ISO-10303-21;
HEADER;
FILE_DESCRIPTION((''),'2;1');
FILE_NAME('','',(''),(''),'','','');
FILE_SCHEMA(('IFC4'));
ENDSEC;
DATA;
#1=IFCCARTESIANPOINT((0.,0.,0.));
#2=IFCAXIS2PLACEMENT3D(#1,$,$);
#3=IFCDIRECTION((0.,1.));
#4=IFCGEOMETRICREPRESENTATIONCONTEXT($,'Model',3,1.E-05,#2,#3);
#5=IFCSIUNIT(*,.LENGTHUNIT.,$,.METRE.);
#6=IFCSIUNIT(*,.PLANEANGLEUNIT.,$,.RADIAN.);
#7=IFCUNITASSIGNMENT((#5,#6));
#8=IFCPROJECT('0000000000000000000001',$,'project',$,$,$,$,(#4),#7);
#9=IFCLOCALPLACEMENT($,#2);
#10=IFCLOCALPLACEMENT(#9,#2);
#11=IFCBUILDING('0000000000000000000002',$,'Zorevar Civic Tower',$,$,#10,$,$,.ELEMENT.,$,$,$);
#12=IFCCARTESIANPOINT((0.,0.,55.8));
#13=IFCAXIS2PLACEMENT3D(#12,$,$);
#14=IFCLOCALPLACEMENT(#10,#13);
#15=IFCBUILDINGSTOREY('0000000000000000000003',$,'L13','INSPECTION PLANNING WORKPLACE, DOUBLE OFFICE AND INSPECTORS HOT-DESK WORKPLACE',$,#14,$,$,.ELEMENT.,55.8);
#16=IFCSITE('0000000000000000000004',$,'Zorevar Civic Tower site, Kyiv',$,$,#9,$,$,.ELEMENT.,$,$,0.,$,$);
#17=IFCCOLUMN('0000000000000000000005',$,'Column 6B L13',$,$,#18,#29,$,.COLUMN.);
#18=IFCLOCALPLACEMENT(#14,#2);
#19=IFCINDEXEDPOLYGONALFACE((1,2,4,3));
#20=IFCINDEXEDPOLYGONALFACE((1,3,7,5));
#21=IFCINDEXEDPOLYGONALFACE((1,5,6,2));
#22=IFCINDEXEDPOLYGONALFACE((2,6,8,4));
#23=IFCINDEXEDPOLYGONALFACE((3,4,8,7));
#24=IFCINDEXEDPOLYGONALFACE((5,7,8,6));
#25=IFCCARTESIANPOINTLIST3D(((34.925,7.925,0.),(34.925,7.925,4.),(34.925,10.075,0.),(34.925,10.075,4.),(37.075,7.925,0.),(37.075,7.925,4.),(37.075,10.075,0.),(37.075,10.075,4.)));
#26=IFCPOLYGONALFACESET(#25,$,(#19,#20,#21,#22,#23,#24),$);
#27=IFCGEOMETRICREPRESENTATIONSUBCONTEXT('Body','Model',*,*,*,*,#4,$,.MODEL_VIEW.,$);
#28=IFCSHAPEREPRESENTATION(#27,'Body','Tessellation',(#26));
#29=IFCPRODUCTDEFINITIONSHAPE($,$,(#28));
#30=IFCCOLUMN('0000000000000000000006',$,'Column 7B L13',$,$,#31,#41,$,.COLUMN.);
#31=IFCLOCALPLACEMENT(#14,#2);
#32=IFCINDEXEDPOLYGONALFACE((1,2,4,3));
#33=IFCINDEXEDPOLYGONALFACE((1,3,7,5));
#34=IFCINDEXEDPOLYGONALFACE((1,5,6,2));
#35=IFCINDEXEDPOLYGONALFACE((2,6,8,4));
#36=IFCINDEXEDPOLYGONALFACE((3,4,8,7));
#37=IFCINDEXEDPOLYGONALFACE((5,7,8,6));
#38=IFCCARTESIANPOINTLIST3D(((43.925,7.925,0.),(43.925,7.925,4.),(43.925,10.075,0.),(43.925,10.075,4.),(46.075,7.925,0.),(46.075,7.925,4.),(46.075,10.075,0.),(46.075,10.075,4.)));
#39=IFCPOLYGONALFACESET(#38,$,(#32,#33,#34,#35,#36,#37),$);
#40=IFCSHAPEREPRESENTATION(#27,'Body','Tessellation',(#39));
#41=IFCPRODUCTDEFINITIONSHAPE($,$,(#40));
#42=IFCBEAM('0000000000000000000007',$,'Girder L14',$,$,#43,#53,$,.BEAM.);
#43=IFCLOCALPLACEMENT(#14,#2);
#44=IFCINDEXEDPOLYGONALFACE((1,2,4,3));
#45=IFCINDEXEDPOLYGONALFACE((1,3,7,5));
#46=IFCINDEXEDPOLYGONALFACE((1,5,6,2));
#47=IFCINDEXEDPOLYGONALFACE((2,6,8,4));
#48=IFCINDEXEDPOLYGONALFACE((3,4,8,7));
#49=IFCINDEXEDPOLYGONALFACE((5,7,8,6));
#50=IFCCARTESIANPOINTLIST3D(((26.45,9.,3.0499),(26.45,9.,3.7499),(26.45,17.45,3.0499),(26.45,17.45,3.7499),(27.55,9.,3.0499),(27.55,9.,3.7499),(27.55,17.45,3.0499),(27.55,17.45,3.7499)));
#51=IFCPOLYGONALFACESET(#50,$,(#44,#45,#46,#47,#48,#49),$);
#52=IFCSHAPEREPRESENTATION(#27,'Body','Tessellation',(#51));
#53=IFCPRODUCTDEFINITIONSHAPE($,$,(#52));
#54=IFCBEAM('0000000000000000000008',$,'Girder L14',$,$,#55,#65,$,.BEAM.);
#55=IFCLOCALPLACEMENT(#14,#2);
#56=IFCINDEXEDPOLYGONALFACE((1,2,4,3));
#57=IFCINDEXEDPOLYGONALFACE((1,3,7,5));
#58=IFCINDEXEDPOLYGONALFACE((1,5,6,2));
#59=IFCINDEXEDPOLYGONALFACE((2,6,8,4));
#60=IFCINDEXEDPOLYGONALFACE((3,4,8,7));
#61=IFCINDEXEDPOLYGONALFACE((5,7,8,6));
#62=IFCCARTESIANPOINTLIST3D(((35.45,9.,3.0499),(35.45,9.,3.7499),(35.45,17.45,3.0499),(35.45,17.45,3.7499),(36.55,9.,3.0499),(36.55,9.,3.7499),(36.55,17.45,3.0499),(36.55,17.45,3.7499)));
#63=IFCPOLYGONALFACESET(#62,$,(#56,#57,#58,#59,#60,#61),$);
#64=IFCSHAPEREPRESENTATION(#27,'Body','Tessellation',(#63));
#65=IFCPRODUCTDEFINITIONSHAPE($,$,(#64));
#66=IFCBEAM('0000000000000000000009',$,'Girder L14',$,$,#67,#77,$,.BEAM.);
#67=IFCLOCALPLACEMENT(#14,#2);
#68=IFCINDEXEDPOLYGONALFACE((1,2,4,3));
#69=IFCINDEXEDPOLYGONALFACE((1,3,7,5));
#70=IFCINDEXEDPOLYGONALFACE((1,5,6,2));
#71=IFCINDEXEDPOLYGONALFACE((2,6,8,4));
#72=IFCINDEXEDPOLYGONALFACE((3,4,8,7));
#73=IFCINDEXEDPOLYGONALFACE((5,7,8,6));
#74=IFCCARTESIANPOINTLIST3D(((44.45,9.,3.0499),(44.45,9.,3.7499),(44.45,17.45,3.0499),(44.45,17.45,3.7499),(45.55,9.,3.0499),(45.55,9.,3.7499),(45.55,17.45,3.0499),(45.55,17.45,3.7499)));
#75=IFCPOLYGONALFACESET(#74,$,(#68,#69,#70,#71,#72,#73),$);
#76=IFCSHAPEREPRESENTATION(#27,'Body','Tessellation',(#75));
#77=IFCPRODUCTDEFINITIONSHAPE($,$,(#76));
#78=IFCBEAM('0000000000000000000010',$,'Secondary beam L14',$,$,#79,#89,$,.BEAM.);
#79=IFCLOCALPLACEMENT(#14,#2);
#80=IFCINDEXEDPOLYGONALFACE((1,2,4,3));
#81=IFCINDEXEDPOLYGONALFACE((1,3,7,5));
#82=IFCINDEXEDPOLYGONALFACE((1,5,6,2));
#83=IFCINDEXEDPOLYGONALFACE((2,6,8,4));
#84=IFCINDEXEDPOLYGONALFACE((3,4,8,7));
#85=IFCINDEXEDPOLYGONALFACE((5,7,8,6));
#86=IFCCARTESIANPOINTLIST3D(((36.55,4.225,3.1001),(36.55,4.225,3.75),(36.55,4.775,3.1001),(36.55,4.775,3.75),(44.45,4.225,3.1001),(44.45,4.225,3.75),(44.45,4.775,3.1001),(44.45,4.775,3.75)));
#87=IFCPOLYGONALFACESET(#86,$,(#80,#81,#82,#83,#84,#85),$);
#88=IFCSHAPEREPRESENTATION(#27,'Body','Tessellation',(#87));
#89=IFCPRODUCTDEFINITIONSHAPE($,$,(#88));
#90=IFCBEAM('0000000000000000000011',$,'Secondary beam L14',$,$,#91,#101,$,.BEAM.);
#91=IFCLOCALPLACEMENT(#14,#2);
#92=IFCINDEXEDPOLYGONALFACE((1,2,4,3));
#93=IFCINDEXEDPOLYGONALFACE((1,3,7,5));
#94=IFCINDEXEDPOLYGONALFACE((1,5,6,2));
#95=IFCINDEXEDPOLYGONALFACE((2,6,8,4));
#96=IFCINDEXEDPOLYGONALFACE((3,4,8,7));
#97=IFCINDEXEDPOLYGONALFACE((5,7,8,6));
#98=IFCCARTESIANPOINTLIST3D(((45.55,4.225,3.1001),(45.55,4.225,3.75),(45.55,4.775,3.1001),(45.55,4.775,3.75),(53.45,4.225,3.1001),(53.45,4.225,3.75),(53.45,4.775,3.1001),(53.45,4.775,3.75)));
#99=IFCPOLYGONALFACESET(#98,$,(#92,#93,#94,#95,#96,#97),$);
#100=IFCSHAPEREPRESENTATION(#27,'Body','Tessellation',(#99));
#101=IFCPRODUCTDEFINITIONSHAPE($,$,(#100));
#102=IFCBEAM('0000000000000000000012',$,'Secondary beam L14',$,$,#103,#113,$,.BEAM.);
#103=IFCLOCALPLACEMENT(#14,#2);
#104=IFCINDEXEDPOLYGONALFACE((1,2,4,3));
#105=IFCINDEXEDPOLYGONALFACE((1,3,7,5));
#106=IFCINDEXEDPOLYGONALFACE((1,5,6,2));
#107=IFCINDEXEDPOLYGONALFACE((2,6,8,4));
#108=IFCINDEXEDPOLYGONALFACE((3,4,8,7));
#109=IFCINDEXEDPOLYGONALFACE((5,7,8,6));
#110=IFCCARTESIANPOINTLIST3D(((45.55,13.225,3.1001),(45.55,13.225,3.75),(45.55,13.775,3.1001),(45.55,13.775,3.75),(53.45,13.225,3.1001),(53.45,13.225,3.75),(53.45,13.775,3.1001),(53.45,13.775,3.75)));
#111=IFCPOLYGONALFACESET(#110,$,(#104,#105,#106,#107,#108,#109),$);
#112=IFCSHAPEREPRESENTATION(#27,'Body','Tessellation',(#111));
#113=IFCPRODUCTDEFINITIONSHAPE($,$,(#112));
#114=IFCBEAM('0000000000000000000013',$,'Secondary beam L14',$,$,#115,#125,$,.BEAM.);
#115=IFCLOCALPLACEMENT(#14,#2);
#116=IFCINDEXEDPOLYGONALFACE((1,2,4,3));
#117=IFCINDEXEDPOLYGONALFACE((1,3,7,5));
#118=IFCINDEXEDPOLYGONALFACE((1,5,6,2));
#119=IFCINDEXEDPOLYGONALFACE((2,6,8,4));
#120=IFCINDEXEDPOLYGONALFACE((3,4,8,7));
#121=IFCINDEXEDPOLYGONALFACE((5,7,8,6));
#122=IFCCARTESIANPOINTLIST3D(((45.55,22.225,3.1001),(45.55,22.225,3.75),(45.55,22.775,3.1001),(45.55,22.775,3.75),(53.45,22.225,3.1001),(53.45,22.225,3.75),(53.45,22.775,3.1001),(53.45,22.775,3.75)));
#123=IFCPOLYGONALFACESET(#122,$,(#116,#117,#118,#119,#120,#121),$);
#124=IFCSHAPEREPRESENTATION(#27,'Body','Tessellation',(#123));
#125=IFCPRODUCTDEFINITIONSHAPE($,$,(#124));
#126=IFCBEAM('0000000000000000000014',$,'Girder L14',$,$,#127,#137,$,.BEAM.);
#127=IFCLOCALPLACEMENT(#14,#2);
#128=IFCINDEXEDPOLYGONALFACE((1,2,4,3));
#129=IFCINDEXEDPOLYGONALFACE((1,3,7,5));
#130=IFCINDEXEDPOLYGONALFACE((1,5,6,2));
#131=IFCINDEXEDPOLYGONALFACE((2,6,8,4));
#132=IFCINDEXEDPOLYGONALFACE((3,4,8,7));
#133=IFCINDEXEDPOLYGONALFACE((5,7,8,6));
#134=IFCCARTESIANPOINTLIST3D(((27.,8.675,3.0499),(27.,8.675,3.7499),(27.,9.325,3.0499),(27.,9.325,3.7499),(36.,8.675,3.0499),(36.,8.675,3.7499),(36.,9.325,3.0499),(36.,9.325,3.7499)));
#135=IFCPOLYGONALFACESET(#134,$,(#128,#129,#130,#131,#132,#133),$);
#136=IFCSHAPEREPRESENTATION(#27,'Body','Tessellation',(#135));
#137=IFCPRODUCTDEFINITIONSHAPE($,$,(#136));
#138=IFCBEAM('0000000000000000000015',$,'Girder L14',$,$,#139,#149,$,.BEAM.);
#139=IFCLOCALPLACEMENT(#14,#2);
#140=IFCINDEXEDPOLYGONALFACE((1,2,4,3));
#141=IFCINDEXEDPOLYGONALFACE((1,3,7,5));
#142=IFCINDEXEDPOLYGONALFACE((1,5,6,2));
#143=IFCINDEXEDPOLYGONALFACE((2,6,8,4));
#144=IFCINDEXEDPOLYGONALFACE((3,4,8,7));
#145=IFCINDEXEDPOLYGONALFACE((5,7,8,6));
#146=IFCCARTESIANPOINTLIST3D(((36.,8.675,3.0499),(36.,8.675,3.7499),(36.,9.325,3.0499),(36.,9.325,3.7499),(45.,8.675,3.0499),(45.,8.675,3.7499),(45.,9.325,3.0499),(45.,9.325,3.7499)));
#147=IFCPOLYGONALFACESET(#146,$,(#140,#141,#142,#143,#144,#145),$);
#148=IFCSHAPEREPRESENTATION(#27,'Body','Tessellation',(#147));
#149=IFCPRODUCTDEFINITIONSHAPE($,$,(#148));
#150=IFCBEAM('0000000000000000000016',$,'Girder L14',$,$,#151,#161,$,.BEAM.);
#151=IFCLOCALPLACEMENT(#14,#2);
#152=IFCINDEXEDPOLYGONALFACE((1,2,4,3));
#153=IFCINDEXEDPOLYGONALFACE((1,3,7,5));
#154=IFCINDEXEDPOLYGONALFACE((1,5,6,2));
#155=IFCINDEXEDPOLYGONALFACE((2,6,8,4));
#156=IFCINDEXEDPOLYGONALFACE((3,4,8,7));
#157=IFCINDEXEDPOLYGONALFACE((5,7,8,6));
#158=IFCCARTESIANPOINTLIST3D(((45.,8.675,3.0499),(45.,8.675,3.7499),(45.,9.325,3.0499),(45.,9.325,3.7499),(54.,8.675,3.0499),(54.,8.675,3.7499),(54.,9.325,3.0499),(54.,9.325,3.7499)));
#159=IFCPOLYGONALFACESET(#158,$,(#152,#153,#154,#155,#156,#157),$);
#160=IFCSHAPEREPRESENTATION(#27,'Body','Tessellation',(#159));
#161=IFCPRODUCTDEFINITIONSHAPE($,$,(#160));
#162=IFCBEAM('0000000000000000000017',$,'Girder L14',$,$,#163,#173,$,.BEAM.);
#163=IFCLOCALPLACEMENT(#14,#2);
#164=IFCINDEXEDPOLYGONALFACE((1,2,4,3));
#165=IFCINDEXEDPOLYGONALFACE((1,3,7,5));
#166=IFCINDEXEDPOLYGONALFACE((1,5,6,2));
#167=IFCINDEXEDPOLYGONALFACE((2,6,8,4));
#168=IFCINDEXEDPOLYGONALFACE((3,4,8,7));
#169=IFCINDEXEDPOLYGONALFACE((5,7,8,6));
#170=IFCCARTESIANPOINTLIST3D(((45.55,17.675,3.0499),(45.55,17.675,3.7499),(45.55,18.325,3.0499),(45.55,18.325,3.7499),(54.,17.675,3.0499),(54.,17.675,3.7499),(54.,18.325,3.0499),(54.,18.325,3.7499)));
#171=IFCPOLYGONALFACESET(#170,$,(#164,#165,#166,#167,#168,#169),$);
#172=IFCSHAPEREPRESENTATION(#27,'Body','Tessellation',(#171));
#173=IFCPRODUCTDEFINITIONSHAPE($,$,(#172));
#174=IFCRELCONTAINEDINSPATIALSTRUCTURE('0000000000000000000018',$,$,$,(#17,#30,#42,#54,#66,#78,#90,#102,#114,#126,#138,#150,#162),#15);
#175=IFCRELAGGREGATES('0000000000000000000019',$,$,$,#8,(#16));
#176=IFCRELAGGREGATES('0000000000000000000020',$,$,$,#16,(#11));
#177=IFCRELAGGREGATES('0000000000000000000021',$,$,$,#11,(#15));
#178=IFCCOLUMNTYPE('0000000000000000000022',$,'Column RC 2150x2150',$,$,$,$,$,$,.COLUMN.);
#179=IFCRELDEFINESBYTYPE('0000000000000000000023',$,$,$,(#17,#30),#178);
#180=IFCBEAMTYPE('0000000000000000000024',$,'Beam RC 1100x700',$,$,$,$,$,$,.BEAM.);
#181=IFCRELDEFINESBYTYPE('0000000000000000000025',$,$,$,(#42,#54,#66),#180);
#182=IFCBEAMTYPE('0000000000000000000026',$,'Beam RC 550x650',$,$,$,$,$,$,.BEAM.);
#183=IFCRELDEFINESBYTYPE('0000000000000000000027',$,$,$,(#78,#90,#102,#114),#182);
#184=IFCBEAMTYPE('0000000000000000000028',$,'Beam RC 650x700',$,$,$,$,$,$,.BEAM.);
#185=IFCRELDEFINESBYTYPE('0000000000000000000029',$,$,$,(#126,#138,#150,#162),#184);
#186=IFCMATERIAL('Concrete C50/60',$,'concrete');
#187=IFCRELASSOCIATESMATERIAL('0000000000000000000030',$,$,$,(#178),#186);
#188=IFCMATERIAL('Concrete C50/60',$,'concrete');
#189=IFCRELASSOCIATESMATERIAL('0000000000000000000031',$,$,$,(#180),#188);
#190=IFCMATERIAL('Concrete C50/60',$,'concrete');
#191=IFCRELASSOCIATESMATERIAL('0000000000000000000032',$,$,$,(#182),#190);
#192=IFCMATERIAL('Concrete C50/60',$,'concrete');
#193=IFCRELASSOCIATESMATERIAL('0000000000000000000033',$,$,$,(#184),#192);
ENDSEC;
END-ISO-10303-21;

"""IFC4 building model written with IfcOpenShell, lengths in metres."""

from ifc_helpers import new_model, si_unit, direction, frame, origin, origin_2d, place, context, subcontext, project, spatial, rectangle, extrude, material, material_profile, profile_set, type_object, element, save


model = new_model("IFC4")

# Units and contexts
model_context = context("Model", 3, precision=1e-05, world=origin(), true_north=direction((0.0, 1.0)))
body_context = subcontext(model_context, "Body", "Model", "MODEL_VIEW")
ifc_project = project(units=[si_unit("LENGTHUNIT", "METRE"), si_unit("PLANEANGLEUNIT", "RADIAN")], contexts=[model_context])

# Site, building, storey
site_placement = place(None, origin())
site = spatial("IfcSite", under=ifc_project, at=site_placement, Name="Zorevar Civic Tower site, Kyiv", CompositionType="ELEMENT", RefElevation=0.0)
building_placement = place(site_placement, origin())
building = spatial("IfcBuilding", under=site, at=building_placement, Name="Zorevar Civic Tower", CompositionType="ELEMENT")
storey_placement = place(building_placement, frame((0.0, 0.0, 55.8)))
storey = spatial("IfcBuildingStorey", under=building, at=storey_placement, Name="L13", Description="INSPECTION PLANNING WORKPLACE, DOUBLE OFFICE AND INSPECTORS HOT-DESK WORKPLACE", CompositionType="ELEMENT", Elevation=55.8)

# Columns
ifc_material_1 = material(Name="Concrete C50/60", Category="concrete")
ifc_material_profile_1 = material_profile(ifc_material_1, rectangle(XDim=2.1499, YDim=2.1499, at=origin_2d()), Name="RC 2150x2150")
ifc_profile_set_1 = profile_set([ifc_material_profile_1], Name="Concrete C50/60")
column_type = type_object("IfcColumnType", Name="Column RC 2150x2150", PredefinedType="COLUMN", material=ifc_profile_set_1)
for number, where, z_axis, x_axis, name in (
    (1, (36.0, 9.0, 0.0), (0.0, 0.0, 1.0), (1.0, 0.0, 0.0), "Column 6B L13"),
    (2, (45.0, 9.0, 0.0), (0.0, 0.0, 1.0), (1.0, 0.0, 0.0), "Column 7B L13"),
):
    element("IfcColumn", number, at=place(storey_placement, frame(where, z_axis=z_axis, x_axis=x_axis)), inside=storey, type_object=column_type, Name=name, PredefinedType="COLUMN", context=body_context, shape_type="SweptSolid", body=[
        extrude(rectangle(XDim=2.1499, YDim=2.1499, at=origin_2d()), origin(), (0.0, 0.0, 1.0), 4.0),
    ])

# Beams
ifc_material_2 = material(Name="Concrete C50/60", Category="concrete")
ifc_material_profile_2 = material_profile(ifc_material_2, rectangle(XDim=1.1001, YDim=0.7, at=origin_2d()), Name="RC 1100x700")
ifc_profile_set_2 = profile_set([ifc_material_profile_2], Name="Concrete C50/60")
beam_type_1 = type_object("IfcBeamType", Name="Beam RC 1100x700", PredefinedType="BEAM", material=ifc_profile_set_2)
for number, where, z_axis, x_axis, name in (
    (3, (27.0, 9.0, 3.3999), (0.0, 1.0, 0.0), (-1.0, 0.0, 0.0), "Girder L14"),
    (4, (36.0, 9.0, 3.3999), (0.0, 1.0, 0.0), (-1.0, 0.0, 0.0), "Girder L14"),
    (5, (45.0, 9.0, 3.3999), (0.0, 1.0, 0.0), (-1.0, 0.0, 0.0), "Girder L14"),
):
    element("IfcBeam", number, at=place(storey_placement, frame(where, z_axis=z_axis, x_axis=x_axis)), inside=storey, type_object=beam_type_1, Name=name, PredefinedType="BEAM", context=body_context, shape_type="SweptSolid", body=[
        extrude(rectangle(XDim=1.1001, YDim=0.7, at=origin_2d()), origin(), (0.0, 0.0, 1.0), 8.45),
    ])
ifc_material_3 = material(Name="Concrete C50/60", Category="concrete")
ifc_material_profile_3 = material_profile(ifc_material_3, rectangle(XDim=0.55, YDim=0.6499, at=origin_2d()), Name="RC 550x650")
ifc_profile_set_3 = profile_set([ifc_material_profile_3], Name="Concrete C50/60")
beam_type_2 = type_object("IfcBeamType", Name="Beam RC 550x650", PredefinedType="BEAM", material=ifc_profile_set_3)
for number, where, z_axis, x_axis, name in (
    (6, (36.55, 4.5, 3.425), (1.0, 0.0, 0.0), (0.0, 1.0, 0.0), "Secondary beam L14"),
    (7, (45.55, 4.5, 3.425), (1.0, 0.0, 0.0), (0.0, 1.0, 0.0), "Secondary beam L14"),
    (8, (45.55, 13.5, 3.425), (1.0, 0.0, 0.0), (0.0, 1.0, 0.0), "Secondary beam L14"),
    (9, (45.55, 22.5, 3.425), (1.0, 0.0, 0.0), (0.0, 1.0, 0.0), "Secondary beam L14"),
):
    element("IfcBeam", number, at=place(storey_placement, frame(where, z_axis=z_axis, x_axis=x_axis)), inside=storey, type_object=beam_type_2, Name=name, PredefinedType="BEAM", context=body_context, shape_type="SweptSolid", body=[
        extrude(rectangle(XDim=0.55, YDim=0.6499, at=origin_2d()), origin(), (0.0, 0.0, 1.0), 7.8999),
    ])
ifc_material_4 = material(Name="Concrete C50/60", Category="concrete")
ifc_material_profile_4 = material_profile(ifc_material_4, rectangle(XDim=0.6499, YDim=0.7, at=origin_2d()), Name="RC 650x700")
ifc_profile_set_4 = profile_set([ifc_material_profile_4], Name="Concrete C50/60")
beam_type_3 = type_object("IfcBeamType", Name="Beam RC 650x700", PredefinedType="BEAM", material=ifc_profile_set_4)
for number, where, z_axis, x_axis, name in (
    (10, (27.0, 9.0, 3.3999), (1.0, 0.0, 0.0), (0.0, 1.0, 0.0), "Girder L14"),
    (11, (36.0, 9.0, 3.3999), (1.0, 0.0, 0.0), (0.0, 1.0, 0.0), "Girder L14"),
    (12, (45.0, 9.0, 3.3999), (1.0, 0.0, 0.0), (0.0, 1.0, 0.0), "Girder L14"),
):
    element("IfcBeam", number, at=place(storey_placement, frame(where, z_axis=z_axis, x_axis=x_axis)), inside=storey, type_object=beam_type_3, Name=name, PredefinedType="BEAM", context=body_context, shape_type="SweptSolid", body=[
        extrude(rectangle(XDim=0.6499, YDim=0.7, at=origin_2d()), origin(), (0.0, 0.0, 1.0), 9.0),
    ])
beam_placement = place(storey_placement, frame((45.55, 18.0, 3.3999), z_axis=(1.0, 0.0, 0.0), x_axis=(0.0, 1.0, 0.0)))
element("IfcBeam", 13, at=beam_placement, inside=storey, type_object=beam_type_3, Name="Girder L14", PredefinedType="BEAM", context=body_context, shape_type="SweptSolid", body=[
    extrude(rectangle(XDim=0.6499, YDim=0.7, at=origin_2d()), origin(), (0.0, 0.0, 1.0), 8.45),
])

save(model, "model.ifc")
